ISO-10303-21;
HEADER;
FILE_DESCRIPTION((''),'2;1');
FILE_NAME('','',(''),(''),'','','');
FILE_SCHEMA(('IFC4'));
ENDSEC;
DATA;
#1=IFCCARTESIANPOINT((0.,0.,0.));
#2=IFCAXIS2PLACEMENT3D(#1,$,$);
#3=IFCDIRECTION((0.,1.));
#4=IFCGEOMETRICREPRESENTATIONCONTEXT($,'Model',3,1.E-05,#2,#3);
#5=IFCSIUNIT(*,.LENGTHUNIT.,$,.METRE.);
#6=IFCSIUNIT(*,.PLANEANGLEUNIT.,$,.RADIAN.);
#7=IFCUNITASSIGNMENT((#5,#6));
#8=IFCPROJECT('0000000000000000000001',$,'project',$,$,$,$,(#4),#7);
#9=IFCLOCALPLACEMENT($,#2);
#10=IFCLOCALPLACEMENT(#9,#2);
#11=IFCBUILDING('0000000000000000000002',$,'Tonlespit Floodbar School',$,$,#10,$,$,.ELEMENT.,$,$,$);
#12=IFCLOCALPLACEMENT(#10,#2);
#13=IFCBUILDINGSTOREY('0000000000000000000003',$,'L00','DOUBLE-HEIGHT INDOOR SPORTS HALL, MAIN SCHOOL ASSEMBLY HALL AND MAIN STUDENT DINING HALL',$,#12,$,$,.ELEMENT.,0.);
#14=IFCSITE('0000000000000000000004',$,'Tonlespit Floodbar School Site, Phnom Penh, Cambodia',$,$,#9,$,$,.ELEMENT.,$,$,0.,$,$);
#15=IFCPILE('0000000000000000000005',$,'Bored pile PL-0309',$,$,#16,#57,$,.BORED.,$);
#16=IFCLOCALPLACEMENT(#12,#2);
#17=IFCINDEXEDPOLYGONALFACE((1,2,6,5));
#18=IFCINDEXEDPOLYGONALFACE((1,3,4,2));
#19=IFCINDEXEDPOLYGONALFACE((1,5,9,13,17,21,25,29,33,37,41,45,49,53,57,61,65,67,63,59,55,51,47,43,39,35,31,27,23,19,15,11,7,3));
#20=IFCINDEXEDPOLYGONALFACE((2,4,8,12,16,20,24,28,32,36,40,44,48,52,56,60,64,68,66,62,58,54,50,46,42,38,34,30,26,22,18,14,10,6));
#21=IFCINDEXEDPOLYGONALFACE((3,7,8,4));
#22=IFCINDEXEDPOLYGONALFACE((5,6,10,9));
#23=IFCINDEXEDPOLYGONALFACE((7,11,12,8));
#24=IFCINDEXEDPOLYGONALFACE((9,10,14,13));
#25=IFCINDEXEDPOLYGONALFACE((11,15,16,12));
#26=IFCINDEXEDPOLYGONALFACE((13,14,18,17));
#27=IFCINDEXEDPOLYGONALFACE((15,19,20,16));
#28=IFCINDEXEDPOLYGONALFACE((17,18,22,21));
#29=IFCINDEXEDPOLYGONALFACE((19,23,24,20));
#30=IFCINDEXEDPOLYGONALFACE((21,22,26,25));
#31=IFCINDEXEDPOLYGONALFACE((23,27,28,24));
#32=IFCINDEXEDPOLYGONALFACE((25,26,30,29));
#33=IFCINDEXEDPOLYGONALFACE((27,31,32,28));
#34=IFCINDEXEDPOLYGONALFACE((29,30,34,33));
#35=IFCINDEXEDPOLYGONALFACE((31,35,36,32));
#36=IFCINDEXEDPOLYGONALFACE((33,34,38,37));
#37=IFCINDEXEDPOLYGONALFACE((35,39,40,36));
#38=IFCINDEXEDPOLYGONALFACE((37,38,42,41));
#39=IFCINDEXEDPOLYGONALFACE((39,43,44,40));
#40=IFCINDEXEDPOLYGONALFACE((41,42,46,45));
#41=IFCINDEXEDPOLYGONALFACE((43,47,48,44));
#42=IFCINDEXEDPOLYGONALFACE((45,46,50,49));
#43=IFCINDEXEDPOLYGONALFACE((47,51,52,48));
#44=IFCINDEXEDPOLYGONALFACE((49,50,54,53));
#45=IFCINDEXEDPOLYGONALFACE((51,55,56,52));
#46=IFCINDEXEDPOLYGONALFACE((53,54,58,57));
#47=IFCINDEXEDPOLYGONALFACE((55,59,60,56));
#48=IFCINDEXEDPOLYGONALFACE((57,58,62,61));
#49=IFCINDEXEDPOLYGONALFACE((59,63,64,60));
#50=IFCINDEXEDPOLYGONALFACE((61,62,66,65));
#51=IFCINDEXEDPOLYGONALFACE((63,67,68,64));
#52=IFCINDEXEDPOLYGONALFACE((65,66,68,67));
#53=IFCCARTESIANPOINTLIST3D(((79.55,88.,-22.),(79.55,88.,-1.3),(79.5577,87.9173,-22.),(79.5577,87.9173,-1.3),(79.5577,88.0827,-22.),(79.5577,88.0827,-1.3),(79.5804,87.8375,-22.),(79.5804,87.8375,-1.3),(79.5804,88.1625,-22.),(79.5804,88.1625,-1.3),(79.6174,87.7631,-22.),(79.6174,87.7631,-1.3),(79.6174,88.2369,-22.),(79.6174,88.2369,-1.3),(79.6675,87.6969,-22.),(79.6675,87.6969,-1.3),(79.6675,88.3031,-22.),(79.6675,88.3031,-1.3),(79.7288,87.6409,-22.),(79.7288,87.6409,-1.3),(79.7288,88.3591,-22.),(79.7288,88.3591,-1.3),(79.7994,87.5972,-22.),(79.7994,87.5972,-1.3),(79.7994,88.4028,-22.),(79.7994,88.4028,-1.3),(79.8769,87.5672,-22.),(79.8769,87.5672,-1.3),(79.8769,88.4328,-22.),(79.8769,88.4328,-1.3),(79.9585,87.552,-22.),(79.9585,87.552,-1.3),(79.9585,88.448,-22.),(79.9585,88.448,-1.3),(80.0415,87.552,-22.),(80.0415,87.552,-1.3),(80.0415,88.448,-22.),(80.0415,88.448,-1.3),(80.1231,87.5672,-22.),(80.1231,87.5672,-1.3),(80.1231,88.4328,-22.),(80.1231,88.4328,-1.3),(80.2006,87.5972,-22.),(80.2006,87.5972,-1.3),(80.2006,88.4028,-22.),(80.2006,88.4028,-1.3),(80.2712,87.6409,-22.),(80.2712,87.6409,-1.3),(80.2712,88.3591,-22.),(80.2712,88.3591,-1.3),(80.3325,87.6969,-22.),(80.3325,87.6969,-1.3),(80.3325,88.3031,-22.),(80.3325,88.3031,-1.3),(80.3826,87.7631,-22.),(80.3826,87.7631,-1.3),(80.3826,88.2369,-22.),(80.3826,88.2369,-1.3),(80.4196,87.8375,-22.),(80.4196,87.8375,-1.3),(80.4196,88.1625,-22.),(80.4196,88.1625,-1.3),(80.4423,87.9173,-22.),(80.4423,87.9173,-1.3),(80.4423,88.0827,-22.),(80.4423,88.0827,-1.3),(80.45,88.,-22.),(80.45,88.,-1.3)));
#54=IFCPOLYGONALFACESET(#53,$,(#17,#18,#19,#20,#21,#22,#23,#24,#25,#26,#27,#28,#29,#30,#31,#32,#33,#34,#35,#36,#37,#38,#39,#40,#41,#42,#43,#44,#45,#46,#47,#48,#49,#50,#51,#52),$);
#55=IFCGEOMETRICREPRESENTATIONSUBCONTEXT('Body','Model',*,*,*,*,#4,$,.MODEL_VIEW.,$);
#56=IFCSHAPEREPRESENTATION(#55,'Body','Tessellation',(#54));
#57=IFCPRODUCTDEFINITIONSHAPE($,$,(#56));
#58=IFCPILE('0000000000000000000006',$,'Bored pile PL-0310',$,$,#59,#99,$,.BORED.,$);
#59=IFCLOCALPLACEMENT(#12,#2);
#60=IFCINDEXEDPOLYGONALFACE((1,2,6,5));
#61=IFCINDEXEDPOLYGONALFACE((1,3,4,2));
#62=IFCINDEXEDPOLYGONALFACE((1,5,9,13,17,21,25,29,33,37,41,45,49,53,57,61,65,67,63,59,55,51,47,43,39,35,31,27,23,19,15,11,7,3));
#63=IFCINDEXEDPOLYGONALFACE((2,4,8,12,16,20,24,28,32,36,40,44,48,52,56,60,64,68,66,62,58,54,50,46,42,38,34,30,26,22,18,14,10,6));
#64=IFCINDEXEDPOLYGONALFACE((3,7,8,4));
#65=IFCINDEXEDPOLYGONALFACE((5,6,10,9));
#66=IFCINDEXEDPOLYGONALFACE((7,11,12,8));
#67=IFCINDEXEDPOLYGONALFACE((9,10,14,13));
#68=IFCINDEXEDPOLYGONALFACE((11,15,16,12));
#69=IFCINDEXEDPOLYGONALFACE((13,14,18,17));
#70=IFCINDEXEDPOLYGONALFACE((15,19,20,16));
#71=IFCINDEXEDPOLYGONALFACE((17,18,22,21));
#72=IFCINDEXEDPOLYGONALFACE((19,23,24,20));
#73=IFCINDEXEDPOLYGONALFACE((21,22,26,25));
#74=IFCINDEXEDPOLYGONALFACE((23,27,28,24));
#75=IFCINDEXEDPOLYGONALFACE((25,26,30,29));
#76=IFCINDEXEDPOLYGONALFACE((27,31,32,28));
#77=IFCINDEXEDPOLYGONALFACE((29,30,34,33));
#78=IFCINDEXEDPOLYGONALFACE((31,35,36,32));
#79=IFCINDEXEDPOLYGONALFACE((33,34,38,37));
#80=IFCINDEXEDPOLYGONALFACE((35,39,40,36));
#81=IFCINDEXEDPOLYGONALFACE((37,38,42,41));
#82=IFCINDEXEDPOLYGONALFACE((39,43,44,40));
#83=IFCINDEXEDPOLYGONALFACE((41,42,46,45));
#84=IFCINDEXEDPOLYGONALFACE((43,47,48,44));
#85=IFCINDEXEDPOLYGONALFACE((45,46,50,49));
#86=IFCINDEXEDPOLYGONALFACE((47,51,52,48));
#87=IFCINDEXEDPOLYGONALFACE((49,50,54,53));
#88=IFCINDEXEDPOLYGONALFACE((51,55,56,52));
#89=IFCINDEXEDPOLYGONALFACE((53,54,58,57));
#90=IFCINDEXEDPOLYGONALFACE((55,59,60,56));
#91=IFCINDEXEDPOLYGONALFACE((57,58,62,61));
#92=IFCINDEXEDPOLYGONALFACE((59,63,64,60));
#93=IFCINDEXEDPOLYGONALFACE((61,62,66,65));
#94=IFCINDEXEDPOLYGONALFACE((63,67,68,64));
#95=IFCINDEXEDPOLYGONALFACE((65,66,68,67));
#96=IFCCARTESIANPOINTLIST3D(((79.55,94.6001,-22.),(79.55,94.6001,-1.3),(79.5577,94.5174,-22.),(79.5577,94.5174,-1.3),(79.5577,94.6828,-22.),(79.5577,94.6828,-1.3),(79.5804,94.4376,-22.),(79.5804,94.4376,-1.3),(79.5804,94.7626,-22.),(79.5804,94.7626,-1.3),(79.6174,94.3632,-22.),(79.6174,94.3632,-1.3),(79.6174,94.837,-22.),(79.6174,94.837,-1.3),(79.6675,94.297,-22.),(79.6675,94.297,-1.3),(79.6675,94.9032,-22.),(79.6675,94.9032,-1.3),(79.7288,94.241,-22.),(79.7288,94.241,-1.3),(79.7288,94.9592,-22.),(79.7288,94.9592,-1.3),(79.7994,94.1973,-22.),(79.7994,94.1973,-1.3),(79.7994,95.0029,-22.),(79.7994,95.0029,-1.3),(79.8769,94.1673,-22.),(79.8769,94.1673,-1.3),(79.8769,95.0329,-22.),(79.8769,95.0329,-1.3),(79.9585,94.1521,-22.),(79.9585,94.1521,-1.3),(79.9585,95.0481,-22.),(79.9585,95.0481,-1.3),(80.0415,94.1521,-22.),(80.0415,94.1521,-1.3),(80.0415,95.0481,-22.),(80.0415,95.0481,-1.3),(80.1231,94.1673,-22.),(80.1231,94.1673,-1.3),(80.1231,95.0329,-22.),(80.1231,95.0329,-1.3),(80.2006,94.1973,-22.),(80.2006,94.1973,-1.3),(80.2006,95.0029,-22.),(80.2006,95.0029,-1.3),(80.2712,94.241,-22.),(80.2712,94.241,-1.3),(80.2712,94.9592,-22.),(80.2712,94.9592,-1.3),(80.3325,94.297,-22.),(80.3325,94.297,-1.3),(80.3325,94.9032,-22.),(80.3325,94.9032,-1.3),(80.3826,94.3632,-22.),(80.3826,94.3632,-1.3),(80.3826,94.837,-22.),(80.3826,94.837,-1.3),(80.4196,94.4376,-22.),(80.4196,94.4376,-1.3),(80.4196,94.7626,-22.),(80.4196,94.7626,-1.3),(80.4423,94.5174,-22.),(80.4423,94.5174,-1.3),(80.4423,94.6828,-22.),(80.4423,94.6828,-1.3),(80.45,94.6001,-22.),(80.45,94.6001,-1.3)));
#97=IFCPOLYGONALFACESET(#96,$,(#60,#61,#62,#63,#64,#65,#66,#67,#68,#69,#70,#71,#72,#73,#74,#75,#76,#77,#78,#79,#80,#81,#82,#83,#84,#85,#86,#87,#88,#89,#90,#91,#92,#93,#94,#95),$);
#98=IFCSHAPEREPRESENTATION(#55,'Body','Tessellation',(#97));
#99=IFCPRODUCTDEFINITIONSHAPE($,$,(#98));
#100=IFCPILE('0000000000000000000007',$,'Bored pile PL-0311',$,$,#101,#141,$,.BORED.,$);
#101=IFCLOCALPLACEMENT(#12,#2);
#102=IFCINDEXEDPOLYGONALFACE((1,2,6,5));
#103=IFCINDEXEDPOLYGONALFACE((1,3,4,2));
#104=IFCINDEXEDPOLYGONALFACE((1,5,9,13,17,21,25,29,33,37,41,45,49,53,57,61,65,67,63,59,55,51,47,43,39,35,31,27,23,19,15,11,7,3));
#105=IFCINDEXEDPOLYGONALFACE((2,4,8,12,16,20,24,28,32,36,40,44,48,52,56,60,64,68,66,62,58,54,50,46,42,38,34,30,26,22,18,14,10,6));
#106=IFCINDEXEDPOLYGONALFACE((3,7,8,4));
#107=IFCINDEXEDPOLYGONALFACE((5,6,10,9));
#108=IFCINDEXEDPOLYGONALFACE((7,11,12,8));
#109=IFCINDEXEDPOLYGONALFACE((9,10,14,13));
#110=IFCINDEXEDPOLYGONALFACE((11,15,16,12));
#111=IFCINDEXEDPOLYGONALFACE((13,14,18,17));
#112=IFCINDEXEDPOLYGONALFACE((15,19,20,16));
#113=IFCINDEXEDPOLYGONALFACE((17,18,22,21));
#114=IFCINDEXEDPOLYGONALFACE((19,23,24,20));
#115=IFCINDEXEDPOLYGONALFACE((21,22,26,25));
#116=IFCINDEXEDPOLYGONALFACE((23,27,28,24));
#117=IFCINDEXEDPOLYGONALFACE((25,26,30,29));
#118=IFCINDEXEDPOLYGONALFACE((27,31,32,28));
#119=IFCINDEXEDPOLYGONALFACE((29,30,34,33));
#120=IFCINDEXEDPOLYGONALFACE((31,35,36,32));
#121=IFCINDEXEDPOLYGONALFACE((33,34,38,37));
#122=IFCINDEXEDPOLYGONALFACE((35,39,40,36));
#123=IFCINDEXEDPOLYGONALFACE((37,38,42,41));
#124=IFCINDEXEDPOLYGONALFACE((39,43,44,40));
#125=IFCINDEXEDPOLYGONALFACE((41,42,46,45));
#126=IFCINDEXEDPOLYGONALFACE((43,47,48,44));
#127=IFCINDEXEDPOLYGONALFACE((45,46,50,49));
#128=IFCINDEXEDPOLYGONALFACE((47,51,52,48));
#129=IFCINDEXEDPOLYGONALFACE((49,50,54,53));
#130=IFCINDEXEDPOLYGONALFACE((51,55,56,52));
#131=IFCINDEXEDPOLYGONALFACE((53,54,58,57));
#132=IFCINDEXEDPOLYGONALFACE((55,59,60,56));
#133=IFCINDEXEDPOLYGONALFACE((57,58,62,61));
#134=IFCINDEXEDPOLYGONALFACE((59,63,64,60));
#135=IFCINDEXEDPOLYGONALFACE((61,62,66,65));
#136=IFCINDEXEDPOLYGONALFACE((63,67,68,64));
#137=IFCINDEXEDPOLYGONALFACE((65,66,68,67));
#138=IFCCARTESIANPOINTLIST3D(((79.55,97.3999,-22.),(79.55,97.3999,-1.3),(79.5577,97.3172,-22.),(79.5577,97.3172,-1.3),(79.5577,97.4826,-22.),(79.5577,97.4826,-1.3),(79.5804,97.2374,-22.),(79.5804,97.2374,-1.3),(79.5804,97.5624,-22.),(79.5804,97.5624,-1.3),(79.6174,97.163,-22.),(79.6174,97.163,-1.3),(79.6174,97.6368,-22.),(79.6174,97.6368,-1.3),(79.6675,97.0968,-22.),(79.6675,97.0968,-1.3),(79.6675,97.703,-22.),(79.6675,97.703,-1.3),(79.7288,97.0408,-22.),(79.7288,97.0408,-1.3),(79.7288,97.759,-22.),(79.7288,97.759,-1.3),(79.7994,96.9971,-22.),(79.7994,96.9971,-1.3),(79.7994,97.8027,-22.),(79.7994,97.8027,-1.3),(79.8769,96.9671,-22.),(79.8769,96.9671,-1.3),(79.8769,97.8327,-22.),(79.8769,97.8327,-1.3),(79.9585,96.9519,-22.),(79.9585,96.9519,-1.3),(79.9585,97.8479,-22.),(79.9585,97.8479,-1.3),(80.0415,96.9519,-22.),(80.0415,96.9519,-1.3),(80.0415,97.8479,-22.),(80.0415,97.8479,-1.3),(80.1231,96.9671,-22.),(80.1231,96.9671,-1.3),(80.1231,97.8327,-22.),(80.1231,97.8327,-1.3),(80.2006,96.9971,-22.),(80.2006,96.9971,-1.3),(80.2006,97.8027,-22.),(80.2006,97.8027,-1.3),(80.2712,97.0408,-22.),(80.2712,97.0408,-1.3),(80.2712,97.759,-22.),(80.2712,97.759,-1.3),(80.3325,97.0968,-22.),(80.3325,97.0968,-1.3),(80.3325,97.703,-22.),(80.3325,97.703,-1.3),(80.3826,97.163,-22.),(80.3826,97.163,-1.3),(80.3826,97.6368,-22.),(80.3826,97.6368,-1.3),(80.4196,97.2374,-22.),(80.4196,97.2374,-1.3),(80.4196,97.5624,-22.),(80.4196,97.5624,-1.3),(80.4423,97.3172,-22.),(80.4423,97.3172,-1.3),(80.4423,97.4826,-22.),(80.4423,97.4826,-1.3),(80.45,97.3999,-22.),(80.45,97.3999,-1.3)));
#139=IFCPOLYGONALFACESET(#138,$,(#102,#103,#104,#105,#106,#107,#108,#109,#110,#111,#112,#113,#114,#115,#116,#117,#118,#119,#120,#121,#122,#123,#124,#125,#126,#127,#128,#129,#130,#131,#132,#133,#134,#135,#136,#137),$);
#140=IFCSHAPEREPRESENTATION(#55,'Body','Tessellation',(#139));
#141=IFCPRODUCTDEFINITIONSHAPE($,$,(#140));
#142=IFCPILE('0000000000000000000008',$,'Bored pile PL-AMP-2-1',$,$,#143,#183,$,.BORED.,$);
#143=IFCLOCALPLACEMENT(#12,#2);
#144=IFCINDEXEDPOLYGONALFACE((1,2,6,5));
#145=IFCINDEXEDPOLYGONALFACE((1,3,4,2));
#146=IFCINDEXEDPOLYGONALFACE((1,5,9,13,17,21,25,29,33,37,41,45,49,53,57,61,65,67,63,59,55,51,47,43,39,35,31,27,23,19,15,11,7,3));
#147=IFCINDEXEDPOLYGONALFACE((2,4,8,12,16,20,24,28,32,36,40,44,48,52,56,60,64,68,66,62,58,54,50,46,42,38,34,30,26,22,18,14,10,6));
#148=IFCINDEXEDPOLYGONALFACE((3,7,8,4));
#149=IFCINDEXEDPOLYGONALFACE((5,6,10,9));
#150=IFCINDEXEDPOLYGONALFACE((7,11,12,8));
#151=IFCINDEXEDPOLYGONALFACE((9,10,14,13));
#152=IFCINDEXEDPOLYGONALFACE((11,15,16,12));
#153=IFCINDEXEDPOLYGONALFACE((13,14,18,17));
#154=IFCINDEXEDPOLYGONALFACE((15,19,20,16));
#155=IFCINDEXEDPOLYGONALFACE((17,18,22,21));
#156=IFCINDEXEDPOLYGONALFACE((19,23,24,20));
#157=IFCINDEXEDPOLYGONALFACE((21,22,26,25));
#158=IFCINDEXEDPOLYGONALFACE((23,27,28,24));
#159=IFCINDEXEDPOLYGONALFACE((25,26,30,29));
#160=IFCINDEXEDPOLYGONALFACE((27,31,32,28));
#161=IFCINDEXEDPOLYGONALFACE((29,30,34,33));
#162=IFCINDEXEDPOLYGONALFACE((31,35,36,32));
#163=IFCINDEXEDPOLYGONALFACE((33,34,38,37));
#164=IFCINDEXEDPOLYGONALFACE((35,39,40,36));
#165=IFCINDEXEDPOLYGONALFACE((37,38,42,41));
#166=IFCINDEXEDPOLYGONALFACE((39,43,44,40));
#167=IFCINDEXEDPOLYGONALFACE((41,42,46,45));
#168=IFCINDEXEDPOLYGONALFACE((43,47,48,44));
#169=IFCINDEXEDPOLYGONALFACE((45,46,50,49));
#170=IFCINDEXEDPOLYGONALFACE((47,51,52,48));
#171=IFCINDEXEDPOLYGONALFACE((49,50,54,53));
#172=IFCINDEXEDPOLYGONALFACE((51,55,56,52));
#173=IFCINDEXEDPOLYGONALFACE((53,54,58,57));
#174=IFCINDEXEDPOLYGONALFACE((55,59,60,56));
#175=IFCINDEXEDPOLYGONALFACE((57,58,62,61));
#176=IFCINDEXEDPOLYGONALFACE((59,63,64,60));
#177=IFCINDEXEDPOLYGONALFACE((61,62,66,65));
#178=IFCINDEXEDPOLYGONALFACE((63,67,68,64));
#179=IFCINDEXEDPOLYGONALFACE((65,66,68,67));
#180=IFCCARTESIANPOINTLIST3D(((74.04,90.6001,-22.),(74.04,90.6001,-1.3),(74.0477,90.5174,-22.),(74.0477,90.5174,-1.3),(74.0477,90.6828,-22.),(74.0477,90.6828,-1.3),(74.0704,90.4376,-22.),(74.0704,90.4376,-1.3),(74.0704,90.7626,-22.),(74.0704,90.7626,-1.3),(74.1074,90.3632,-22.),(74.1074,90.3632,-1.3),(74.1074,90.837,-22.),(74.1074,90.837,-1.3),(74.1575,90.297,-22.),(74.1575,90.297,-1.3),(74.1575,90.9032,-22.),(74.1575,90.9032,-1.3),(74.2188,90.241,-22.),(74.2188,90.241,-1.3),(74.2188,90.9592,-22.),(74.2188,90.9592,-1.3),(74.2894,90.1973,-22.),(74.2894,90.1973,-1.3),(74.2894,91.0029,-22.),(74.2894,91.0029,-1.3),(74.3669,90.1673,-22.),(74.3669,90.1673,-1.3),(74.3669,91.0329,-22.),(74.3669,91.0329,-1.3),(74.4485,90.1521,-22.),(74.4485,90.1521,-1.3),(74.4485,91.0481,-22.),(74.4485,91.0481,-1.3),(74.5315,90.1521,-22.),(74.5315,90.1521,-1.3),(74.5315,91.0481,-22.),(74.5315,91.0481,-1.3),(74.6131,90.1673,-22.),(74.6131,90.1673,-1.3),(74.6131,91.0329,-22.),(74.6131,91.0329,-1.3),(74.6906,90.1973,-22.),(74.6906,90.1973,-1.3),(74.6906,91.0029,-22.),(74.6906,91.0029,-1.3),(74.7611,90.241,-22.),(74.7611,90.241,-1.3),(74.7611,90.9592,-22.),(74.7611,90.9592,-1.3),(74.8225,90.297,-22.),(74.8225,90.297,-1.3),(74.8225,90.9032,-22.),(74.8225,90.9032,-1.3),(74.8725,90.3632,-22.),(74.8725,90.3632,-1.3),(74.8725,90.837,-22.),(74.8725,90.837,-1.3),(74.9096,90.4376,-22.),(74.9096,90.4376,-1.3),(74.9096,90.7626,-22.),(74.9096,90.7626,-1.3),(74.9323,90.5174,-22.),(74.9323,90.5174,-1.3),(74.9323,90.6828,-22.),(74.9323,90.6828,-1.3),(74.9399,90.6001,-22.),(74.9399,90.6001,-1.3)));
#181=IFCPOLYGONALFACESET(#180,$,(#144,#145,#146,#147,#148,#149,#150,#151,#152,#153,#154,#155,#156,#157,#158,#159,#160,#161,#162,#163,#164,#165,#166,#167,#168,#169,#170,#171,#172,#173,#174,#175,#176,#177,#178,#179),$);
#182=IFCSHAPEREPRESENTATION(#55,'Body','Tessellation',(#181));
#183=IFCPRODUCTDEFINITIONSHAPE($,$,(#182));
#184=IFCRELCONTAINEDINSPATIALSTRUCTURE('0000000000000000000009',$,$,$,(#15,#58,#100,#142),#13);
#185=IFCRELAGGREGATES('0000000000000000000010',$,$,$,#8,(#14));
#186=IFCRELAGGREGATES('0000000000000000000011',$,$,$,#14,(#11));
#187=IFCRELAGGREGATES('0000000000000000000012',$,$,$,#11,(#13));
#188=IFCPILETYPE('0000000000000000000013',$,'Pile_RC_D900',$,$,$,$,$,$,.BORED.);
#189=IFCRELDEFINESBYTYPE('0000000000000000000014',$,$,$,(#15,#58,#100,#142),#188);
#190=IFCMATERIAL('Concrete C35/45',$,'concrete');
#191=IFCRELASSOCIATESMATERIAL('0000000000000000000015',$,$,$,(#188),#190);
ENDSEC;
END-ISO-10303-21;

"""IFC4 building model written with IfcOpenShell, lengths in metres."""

from ifc_helpers import new_model, si_unit, direction, frame, origin, origin_2d, place, context, subcontext, project, spatial, circle, extrude, material, material_profile, profile_set, type_object, element, save


model = new_model("IFC4")

# Units and contexts
model_context = context("Model", 3, precision=1e-05, world=origin(), true_north=direction((0.0, 1.0)))
body_context = subcontext(model_context, "Body", "Model", "MODEL_VIEW")
ifc_project = project(units=[si_unit("LENGTHUNIT", "METRE"), si_unit("PLANEANGLEUNIT", "RADIAN")], contexts=[model_context])

# Site, building, storey
site_placement = place(None, origin())
site = spatial("IfcSite", under=ifc_project, at=site_placement, Name="Tonlespit Floodbar School Site, Phnom Penh, Cambodia", CompositionType="ELEMENT", RefElevation=0.0)
building_placement = place(site_placement, origin())
building = spatial("IfcBuilding", under=site, at=building_placement, Name="Tonlespit Floodbar School", CompositionType="ELEMENT")
storey_placement = place(building_placement, origin())
storey = spatial("IfcBuildingStorey", under=building, at=storey_placement, Name="L00", Description="DOUBLE-HEIGHT INDOOR SPORTS HALL, MAIN SCHOOL ASSEMBLY HALL AND MAIN STUDENT DINING HALL", CompositionType="ELEMENT", Elevation=0.0)

# Piles
ifc_material_1 = material(Name="Concrete C35/45", Category="concrete")
ifc_material_profile_1 = material_profile(ifc_material_1, circle(Radius=0.45, at=origin_2d()), Name="BP D900")
ifc_profile_set_1 = profile_set([ifc_material_profile_1], Name="Concrete C35/45")
pile_type = type_object("IfcPileType", Name="Pile_RC_D900", PredefinedType="BORED", material=ifc_profile_set_1)
for number, where, z_axis, x_axis, name in (
    (1, (80.0, 88.0, -1.3), (0.0, 0.0, -1.0), (1.0, 0.0, 0.0), "Bored pile PL-0309"),
    (2, (80.0, 94.6001, -1.3), (0.0, 0.0, -1.0), (1.0, 0.0, 0.0), "Bored pile PL-0310"),
    (3, (80.0, 97.3999, -1.3), (0.0, 0.0, -1.0), (1.0, 0.0, 0.0), "Bored pile PL-0311"),
    (4, (74.49, 90.6001, -1.3), (0.0, 0.0, -1.0), (1.0, 0.0, 0.0), "Bored pile PL-AMP-2-1"),
):
    element("IfcPile", number, at=place(storey_placement, frame(where, z_axis=z_axis, x_axis=x_axis)), inside=storey, type_object=pile_type, Name=name, PredefinedType="BORED", context=body_context, shape_type="SweptSolid", body=[
        extrude(circle(Radius=0.45, at=origin_2d()), origin(), (0.0, 0.0, 1.0), 20.7),
    ])

save(model, "model.ifc")
